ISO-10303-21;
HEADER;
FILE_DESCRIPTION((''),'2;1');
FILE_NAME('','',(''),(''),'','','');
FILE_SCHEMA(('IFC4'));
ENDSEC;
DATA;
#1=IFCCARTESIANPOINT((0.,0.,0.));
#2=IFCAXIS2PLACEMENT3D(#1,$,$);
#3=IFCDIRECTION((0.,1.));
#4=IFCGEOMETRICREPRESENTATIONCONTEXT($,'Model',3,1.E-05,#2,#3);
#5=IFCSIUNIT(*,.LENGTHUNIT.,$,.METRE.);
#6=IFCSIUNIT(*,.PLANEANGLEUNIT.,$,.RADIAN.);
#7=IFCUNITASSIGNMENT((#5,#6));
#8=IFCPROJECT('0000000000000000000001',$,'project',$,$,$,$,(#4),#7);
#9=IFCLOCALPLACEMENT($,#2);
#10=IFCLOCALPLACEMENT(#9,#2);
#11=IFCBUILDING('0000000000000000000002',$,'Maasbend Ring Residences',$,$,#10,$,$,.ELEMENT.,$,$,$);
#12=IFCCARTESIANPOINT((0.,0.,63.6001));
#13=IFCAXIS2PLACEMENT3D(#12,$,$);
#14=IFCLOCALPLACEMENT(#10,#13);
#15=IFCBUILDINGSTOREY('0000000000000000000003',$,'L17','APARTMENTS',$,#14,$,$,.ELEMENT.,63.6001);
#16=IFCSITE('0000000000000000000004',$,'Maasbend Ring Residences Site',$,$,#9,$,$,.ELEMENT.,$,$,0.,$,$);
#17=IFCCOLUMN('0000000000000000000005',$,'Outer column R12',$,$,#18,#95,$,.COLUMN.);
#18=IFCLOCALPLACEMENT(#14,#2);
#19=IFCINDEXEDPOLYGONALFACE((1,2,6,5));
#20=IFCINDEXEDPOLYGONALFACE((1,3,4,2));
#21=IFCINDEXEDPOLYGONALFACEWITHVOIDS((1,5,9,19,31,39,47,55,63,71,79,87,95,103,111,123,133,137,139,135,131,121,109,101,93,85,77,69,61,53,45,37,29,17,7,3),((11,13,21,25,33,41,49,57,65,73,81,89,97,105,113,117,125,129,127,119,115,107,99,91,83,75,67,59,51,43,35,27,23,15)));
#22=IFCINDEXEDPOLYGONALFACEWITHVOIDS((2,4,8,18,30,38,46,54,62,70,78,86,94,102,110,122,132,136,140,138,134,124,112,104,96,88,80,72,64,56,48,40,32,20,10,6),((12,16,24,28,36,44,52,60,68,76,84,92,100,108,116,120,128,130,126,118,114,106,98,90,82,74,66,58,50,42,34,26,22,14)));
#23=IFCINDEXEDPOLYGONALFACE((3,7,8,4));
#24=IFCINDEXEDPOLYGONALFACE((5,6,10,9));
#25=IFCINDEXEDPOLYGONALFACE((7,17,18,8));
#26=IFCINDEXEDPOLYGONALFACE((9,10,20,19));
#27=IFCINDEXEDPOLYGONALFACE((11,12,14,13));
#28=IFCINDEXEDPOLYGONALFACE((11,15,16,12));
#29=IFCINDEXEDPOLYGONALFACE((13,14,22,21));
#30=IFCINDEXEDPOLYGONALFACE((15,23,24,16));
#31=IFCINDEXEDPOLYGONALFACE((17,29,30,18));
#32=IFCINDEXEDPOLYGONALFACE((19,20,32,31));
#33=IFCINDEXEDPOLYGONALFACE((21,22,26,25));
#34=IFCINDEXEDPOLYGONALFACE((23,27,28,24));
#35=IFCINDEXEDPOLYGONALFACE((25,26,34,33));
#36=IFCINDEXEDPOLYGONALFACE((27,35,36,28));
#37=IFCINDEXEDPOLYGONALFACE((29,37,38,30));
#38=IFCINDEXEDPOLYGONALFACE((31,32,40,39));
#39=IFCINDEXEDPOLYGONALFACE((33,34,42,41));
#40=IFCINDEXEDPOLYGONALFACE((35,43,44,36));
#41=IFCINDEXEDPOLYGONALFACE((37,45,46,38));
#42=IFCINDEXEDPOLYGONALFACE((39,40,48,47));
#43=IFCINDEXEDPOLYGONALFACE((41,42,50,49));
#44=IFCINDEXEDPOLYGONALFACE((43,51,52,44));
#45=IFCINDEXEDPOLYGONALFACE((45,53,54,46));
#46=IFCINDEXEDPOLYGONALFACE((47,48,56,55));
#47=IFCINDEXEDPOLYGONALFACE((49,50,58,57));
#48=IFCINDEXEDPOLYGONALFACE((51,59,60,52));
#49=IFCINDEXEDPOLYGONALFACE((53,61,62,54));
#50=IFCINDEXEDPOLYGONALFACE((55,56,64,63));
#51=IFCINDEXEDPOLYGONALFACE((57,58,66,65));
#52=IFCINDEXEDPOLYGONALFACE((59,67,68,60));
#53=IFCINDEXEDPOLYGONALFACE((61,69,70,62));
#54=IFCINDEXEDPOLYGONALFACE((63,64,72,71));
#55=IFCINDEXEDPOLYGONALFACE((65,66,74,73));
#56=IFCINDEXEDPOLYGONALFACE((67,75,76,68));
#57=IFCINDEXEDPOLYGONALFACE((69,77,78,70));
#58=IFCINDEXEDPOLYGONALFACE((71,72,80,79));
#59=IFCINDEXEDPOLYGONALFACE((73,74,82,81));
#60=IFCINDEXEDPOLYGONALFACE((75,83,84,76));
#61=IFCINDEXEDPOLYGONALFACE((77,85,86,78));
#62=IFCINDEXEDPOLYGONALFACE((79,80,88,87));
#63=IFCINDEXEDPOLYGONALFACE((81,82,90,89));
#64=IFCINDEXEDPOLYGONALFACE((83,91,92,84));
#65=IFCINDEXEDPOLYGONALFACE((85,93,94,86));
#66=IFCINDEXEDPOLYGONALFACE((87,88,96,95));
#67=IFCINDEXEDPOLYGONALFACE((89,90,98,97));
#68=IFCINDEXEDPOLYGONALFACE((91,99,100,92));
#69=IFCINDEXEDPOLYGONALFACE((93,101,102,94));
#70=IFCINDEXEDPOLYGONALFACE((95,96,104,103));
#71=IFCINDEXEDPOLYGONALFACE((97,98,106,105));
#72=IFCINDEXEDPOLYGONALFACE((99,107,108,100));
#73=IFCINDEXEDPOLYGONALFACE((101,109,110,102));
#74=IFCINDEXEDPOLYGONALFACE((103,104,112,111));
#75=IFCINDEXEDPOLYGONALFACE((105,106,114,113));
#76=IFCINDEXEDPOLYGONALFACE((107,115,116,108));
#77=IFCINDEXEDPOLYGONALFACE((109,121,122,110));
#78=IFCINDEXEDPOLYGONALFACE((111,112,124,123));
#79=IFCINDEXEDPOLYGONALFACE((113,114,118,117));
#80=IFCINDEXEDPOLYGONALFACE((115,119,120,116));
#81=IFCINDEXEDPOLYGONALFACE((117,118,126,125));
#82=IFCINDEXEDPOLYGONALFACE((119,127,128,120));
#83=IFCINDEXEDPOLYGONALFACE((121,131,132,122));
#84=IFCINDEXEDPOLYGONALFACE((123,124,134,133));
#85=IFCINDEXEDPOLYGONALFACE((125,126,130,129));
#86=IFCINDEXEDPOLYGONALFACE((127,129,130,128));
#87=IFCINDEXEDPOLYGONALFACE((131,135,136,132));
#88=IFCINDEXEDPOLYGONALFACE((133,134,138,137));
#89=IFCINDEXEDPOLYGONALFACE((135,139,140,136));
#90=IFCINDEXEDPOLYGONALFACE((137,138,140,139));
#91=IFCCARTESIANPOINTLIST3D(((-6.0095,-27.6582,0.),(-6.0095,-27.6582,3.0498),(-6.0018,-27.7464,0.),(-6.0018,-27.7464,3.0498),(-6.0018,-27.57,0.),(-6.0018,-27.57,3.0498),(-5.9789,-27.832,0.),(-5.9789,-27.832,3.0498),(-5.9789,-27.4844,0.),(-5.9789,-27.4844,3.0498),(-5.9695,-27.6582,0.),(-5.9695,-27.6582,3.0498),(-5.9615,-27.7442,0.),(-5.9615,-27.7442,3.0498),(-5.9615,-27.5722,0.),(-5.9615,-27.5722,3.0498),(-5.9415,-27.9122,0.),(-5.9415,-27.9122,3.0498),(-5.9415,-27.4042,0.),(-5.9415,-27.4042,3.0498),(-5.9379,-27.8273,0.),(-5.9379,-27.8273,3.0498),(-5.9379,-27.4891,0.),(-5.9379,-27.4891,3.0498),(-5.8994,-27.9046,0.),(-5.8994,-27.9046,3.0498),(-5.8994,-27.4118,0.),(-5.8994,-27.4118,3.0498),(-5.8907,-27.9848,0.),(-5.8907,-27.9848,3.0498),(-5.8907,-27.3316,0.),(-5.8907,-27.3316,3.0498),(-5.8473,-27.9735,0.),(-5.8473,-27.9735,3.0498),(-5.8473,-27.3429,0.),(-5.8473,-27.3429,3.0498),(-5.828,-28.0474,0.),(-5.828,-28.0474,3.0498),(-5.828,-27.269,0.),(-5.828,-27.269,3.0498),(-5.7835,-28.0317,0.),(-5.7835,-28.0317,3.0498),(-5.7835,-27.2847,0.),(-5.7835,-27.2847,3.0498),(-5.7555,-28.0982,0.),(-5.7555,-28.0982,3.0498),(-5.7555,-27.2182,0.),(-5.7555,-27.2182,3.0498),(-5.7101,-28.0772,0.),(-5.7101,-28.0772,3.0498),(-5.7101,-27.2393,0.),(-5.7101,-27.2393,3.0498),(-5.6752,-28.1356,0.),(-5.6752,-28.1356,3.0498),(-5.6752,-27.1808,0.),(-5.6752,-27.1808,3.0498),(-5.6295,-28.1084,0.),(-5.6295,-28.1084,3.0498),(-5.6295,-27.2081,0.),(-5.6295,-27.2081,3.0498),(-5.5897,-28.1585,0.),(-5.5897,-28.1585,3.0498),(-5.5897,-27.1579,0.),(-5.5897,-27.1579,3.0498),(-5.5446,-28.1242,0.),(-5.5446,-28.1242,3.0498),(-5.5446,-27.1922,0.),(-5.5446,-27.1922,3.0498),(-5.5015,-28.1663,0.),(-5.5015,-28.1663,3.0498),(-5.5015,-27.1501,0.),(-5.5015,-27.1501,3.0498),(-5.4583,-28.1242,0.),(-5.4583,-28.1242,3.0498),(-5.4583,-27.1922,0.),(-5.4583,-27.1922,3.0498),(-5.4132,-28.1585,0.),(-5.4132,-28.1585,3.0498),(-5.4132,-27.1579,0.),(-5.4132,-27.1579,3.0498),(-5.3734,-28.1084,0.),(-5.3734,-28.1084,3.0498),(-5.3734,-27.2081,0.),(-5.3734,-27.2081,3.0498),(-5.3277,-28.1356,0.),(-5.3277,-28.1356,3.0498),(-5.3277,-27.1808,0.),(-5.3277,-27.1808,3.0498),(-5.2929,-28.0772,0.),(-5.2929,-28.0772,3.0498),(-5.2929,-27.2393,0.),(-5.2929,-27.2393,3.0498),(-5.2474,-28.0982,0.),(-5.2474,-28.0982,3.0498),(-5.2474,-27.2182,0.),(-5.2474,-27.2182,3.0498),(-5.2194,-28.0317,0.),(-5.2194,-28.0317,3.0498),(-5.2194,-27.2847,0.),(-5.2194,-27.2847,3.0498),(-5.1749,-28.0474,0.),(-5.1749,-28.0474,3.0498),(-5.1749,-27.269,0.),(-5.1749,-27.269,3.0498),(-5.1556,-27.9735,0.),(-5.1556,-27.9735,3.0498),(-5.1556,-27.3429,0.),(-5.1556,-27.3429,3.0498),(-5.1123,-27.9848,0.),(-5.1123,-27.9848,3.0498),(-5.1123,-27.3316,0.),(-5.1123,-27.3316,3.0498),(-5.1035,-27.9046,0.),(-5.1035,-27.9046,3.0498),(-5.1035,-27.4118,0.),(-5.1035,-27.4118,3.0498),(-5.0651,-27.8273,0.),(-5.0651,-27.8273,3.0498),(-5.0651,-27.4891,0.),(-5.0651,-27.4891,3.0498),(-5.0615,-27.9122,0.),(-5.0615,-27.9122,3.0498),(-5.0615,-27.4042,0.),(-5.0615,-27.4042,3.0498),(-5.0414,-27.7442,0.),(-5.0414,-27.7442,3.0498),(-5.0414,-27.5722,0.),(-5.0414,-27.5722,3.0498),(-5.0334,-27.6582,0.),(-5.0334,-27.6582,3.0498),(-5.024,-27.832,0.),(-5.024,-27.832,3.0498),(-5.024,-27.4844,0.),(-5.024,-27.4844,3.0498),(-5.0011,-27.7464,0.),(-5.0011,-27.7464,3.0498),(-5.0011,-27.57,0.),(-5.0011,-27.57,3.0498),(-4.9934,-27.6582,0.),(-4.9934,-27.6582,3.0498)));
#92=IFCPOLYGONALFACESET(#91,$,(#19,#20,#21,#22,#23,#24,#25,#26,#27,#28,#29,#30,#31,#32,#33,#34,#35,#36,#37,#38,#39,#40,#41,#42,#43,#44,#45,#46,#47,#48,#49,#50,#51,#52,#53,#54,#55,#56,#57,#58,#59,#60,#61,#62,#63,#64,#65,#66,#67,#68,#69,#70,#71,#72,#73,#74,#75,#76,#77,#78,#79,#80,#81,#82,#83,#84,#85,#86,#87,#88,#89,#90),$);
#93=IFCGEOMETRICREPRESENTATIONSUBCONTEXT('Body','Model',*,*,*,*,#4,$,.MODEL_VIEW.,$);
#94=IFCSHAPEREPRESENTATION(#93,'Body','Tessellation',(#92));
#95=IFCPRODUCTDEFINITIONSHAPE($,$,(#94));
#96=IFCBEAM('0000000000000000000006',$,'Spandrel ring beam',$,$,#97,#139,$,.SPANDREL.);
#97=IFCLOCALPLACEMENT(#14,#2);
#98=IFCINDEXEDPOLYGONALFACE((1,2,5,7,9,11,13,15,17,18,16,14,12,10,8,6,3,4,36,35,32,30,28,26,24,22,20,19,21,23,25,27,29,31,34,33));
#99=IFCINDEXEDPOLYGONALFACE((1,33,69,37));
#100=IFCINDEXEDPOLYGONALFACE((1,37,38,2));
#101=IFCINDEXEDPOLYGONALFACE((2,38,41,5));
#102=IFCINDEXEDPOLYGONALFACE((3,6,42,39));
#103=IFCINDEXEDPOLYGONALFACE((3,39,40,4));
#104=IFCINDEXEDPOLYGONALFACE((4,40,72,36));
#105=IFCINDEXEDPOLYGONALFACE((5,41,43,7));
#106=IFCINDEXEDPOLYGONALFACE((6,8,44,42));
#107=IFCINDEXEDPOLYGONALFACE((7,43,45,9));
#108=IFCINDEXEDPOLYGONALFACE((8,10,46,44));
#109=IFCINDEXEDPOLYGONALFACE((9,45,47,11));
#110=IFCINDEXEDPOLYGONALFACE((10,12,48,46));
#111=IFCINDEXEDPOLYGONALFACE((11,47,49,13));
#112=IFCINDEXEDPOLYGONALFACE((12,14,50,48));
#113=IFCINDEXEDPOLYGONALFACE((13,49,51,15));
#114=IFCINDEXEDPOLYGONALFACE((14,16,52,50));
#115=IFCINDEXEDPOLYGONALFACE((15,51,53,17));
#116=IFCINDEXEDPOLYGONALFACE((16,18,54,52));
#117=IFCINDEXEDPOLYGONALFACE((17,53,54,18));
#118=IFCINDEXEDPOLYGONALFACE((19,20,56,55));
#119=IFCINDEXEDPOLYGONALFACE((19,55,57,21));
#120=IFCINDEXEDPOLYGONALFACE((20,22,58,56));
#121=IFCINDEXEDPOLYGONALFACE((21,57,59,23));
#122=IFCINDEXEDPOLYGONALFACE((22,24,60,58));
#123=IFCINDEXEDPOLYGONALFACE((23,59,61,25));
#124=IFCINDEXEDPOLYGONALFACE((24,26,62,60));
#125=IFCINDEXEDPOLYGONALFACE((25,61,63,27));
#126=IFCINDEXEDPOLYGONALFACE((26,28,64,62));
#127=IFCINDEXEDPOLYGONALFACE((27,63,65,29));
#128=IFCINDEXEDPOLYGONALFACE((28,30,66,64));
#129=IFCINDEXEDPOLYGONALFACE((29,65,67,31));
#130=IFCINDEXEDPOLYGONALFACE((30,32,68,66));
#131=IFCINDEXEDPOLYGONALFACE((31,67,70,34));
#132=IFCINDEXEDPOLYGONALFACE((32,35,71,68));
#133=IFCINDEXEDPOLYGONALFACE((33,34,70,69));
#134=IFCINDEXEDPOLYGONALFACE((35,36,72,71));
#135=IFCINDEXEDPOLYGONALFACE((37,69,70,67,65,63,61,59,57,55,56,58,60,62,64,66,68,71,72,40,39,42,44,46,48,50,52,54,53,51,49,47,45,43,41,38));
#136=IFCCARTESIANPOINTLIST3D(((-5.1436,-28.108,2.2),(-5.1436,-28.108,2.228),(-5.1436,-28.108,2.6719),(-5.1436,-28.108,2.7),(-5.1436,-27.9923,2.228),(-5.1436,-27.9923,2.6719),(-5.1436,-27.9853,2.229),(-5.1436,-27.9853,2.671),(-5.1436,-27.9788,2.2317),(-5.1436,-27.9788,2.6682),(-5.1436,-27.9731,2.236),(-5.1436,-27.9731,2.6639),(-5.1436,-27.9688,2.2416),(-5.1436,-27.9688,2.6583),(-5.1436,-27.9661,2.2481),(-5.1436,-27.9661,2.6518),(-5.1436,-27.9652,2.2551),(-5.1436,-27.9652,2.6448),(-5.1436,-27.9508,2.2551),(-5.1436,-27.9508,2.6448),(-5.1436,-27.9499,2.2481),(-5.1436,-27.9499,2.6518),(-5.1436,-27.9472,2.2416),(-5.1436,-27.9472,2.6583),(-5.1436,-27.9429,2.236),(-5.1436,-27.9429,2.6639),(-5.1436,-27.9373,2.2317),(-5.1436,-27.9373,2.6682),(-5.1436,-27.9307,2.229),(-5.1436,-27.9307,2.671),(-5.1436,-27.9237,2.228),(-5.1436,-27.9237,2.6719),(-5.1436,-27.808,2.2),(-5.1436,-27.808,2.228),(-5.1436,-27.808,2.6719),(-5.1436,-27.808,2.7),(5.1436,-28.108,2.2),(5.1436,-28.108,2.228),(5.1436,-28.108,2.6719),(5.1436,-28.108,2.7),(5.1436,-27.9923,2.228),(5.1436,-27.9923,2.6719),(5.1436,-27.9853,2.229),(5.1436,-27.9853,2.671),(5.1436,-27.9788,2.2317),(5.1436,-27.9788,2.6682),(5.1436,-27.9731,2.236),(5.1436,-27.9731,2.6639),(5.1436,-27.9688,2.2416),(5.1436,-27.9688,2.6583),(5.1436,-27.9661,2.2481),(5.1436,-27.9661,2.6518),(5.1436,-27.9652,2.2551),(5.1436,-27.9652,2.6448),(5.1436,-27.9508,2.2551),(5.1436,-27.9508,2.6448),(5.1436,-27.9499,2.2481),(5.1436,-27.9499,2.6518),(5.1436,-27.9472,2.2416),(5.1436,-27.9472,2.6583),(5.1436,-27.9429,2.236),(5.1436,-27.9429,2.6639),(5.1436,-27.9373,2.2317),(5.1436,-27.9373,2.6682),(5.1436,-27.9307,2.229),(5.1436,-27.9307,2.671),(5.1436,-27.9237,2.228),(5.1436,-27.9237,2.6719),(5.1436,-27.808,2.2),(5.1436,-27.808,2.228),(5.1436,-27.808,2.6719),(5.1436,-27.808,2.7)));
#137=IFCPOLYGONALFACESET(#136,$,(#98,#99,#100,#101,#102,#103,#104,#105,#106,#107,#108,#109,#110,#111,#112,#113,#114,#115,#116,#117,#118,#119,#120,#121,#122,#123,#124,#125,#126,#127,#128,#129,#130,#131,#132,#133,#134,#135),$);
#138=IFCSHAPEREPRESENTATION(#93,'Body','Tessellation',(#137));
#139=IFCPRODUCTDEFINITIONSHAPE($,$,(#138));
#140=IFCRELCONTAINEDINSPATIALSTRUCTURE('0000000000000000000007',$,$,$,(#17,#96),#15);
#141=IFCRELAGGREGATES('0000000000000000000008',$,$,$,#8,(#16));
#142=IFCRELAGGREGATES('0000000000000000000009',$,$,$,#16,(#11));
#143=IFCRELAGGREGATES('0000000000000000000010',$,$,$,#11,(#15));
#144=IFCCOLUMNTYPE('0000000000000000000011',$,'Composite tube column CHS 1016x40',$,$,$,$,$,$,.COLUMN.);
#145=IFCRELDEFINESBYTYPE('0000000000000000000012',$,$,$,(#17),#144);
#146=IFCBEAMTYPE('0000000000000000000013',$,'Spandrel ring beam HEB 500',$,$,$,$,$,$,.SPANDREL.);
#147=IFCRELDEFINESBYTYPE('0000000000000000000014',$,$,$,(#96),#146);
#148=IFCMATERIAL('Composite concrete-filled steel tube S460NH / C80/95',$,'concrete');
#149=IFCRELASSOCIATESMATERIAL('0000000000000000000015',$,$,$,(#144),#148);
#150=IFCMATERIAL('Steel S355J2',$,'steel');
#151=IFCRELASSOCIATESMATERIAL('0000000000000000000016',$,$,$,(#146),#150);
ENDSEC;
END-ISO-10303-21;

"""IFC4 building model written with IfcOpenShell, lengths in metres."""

from ifc_helpers import new_model, si_unit, direction, frame, origin, origin_2d, place, context, subcontext, project, spatial, hollow_circle, i_section, extrude, material, material_profile, profile_set, type_object, element, save


model = new_model("IFC4")

# Units and contexts
model_context = context("Model", 3, precision=1e-05, world=origin(), true_north=direction((0.0, 1.0)))
body_context = subcontext(model_context, "Body", "Model", "MODEL_VIEW")
ifc_project = project(units=[si_unit("LENGTHUNIT", "METRE"), si_unit("PLANEANGLEUNIT", "RADIAN")], contexts=[model_context])

# Site, building, storey
site_placement = place(None, origin())
site = spatial("IfcSite", under=ifc_project, at=site_placement, Name="Maasbend Ring Residences Site", CompositionType="ELEMENT", RefElevation=0.0)
building_placement = place(site_placement, origin())
building = spatial("IfcBuilding", under=site, at=building_placement, Name="Maasbend Ring Residences", CompositionType="ELEMENT")
storey_placement = place(building_placement, frame((0.0, 0.0, 63.6001)))
storey = spatial("IfcBuildingStorey", under=building, at=storey_placement, Name="L17", Description="APARTMENTS", CompositionType="ELEMENT", Elevation=63.6001)

# Column
ifc_material_1 = material(Name="Composite concrete-filled steel tube S460NH / C80/95", Category="concrete")
ifc_material_profile_1 = material_profile(ifc_material_1, hollow_circle(Radius=0.5081, WallThickness=0.04, at=origin_2d()), Name="Composite tube column CHS 1016x40")
ifc_profile_set_1 = profile_set([ifc_material_profile_1], Name="Composite concrete-filled steel tube S460NH / C80/95")
column_type = type_object("IfcColumnType", Name="Composite tube column CHS 1016x40", PredefinedType="COLUMN", material=ifc_profile_set_1)
column_placement = place(storey_placement, frame((-5.5015, -27.6582, 0.0), z_axis=(0.0, 0.0, 1.0), x_axis=(1.0, 0.0, 0.0)))
element("IfcColumn", 1, at=column_placement, inside=storey, type_object=column_type, Name="Outer column R12", PredefinedType="COLUMN", context=body_context, shape_type="SweptSolid", body=[
    extrude(hollow_circle(Radius=0.5081, WallThickness=0.04, at=origin_2d()), origin(), (0.0, 0.0, 1.0), 3.0498),
])

# Beam
ifc_material_2 = material(Name="Steel S355J2", Category="steel")
ifc_material_profile_2 = material_profile(ifc_material_2, i_section(OverallWidth=0.3, OverallDepth=0.5, WebThickness=0.0144, FlangeThickness=0.0281, FilletRadius=0.0271, at=origin_2d()), Name="HEB 500")
ifc_profile_set_2 = profile_set([ifc_material_profile_2], Name="Steel S355J2")
beam_type = type_object("IfcBeamType", Name="Spandrel ring beam HEB 500", PredefinedType="SPANDREL", material=ifc_profile_set_2)
beam_placement = place(storey_placement, frame((-5.1436, -27.958, 2.45), z_axis=(1.0, 0.0, 0.0), x_axis=(0.0, 1.0, 0.0)))
element("IfcBeam", 2, at=beam_placement, inside=storey, type_object=beam_type, Name="Spandrel ring beam", PredefinedType="SPANDREL", context=body_context, shape_type="SweptSolid", body=[
    extrude(i_section(OverallWidth=0.3, OverallDepth=0.5, WebThickness=0.0144, FlangeThickness=0.0281, FilletRadius=0.0271, at=origin_2d()), origin(), (0.0, 0.0, 1.0), 10.2871),
])

save(model, "model.ifc")
